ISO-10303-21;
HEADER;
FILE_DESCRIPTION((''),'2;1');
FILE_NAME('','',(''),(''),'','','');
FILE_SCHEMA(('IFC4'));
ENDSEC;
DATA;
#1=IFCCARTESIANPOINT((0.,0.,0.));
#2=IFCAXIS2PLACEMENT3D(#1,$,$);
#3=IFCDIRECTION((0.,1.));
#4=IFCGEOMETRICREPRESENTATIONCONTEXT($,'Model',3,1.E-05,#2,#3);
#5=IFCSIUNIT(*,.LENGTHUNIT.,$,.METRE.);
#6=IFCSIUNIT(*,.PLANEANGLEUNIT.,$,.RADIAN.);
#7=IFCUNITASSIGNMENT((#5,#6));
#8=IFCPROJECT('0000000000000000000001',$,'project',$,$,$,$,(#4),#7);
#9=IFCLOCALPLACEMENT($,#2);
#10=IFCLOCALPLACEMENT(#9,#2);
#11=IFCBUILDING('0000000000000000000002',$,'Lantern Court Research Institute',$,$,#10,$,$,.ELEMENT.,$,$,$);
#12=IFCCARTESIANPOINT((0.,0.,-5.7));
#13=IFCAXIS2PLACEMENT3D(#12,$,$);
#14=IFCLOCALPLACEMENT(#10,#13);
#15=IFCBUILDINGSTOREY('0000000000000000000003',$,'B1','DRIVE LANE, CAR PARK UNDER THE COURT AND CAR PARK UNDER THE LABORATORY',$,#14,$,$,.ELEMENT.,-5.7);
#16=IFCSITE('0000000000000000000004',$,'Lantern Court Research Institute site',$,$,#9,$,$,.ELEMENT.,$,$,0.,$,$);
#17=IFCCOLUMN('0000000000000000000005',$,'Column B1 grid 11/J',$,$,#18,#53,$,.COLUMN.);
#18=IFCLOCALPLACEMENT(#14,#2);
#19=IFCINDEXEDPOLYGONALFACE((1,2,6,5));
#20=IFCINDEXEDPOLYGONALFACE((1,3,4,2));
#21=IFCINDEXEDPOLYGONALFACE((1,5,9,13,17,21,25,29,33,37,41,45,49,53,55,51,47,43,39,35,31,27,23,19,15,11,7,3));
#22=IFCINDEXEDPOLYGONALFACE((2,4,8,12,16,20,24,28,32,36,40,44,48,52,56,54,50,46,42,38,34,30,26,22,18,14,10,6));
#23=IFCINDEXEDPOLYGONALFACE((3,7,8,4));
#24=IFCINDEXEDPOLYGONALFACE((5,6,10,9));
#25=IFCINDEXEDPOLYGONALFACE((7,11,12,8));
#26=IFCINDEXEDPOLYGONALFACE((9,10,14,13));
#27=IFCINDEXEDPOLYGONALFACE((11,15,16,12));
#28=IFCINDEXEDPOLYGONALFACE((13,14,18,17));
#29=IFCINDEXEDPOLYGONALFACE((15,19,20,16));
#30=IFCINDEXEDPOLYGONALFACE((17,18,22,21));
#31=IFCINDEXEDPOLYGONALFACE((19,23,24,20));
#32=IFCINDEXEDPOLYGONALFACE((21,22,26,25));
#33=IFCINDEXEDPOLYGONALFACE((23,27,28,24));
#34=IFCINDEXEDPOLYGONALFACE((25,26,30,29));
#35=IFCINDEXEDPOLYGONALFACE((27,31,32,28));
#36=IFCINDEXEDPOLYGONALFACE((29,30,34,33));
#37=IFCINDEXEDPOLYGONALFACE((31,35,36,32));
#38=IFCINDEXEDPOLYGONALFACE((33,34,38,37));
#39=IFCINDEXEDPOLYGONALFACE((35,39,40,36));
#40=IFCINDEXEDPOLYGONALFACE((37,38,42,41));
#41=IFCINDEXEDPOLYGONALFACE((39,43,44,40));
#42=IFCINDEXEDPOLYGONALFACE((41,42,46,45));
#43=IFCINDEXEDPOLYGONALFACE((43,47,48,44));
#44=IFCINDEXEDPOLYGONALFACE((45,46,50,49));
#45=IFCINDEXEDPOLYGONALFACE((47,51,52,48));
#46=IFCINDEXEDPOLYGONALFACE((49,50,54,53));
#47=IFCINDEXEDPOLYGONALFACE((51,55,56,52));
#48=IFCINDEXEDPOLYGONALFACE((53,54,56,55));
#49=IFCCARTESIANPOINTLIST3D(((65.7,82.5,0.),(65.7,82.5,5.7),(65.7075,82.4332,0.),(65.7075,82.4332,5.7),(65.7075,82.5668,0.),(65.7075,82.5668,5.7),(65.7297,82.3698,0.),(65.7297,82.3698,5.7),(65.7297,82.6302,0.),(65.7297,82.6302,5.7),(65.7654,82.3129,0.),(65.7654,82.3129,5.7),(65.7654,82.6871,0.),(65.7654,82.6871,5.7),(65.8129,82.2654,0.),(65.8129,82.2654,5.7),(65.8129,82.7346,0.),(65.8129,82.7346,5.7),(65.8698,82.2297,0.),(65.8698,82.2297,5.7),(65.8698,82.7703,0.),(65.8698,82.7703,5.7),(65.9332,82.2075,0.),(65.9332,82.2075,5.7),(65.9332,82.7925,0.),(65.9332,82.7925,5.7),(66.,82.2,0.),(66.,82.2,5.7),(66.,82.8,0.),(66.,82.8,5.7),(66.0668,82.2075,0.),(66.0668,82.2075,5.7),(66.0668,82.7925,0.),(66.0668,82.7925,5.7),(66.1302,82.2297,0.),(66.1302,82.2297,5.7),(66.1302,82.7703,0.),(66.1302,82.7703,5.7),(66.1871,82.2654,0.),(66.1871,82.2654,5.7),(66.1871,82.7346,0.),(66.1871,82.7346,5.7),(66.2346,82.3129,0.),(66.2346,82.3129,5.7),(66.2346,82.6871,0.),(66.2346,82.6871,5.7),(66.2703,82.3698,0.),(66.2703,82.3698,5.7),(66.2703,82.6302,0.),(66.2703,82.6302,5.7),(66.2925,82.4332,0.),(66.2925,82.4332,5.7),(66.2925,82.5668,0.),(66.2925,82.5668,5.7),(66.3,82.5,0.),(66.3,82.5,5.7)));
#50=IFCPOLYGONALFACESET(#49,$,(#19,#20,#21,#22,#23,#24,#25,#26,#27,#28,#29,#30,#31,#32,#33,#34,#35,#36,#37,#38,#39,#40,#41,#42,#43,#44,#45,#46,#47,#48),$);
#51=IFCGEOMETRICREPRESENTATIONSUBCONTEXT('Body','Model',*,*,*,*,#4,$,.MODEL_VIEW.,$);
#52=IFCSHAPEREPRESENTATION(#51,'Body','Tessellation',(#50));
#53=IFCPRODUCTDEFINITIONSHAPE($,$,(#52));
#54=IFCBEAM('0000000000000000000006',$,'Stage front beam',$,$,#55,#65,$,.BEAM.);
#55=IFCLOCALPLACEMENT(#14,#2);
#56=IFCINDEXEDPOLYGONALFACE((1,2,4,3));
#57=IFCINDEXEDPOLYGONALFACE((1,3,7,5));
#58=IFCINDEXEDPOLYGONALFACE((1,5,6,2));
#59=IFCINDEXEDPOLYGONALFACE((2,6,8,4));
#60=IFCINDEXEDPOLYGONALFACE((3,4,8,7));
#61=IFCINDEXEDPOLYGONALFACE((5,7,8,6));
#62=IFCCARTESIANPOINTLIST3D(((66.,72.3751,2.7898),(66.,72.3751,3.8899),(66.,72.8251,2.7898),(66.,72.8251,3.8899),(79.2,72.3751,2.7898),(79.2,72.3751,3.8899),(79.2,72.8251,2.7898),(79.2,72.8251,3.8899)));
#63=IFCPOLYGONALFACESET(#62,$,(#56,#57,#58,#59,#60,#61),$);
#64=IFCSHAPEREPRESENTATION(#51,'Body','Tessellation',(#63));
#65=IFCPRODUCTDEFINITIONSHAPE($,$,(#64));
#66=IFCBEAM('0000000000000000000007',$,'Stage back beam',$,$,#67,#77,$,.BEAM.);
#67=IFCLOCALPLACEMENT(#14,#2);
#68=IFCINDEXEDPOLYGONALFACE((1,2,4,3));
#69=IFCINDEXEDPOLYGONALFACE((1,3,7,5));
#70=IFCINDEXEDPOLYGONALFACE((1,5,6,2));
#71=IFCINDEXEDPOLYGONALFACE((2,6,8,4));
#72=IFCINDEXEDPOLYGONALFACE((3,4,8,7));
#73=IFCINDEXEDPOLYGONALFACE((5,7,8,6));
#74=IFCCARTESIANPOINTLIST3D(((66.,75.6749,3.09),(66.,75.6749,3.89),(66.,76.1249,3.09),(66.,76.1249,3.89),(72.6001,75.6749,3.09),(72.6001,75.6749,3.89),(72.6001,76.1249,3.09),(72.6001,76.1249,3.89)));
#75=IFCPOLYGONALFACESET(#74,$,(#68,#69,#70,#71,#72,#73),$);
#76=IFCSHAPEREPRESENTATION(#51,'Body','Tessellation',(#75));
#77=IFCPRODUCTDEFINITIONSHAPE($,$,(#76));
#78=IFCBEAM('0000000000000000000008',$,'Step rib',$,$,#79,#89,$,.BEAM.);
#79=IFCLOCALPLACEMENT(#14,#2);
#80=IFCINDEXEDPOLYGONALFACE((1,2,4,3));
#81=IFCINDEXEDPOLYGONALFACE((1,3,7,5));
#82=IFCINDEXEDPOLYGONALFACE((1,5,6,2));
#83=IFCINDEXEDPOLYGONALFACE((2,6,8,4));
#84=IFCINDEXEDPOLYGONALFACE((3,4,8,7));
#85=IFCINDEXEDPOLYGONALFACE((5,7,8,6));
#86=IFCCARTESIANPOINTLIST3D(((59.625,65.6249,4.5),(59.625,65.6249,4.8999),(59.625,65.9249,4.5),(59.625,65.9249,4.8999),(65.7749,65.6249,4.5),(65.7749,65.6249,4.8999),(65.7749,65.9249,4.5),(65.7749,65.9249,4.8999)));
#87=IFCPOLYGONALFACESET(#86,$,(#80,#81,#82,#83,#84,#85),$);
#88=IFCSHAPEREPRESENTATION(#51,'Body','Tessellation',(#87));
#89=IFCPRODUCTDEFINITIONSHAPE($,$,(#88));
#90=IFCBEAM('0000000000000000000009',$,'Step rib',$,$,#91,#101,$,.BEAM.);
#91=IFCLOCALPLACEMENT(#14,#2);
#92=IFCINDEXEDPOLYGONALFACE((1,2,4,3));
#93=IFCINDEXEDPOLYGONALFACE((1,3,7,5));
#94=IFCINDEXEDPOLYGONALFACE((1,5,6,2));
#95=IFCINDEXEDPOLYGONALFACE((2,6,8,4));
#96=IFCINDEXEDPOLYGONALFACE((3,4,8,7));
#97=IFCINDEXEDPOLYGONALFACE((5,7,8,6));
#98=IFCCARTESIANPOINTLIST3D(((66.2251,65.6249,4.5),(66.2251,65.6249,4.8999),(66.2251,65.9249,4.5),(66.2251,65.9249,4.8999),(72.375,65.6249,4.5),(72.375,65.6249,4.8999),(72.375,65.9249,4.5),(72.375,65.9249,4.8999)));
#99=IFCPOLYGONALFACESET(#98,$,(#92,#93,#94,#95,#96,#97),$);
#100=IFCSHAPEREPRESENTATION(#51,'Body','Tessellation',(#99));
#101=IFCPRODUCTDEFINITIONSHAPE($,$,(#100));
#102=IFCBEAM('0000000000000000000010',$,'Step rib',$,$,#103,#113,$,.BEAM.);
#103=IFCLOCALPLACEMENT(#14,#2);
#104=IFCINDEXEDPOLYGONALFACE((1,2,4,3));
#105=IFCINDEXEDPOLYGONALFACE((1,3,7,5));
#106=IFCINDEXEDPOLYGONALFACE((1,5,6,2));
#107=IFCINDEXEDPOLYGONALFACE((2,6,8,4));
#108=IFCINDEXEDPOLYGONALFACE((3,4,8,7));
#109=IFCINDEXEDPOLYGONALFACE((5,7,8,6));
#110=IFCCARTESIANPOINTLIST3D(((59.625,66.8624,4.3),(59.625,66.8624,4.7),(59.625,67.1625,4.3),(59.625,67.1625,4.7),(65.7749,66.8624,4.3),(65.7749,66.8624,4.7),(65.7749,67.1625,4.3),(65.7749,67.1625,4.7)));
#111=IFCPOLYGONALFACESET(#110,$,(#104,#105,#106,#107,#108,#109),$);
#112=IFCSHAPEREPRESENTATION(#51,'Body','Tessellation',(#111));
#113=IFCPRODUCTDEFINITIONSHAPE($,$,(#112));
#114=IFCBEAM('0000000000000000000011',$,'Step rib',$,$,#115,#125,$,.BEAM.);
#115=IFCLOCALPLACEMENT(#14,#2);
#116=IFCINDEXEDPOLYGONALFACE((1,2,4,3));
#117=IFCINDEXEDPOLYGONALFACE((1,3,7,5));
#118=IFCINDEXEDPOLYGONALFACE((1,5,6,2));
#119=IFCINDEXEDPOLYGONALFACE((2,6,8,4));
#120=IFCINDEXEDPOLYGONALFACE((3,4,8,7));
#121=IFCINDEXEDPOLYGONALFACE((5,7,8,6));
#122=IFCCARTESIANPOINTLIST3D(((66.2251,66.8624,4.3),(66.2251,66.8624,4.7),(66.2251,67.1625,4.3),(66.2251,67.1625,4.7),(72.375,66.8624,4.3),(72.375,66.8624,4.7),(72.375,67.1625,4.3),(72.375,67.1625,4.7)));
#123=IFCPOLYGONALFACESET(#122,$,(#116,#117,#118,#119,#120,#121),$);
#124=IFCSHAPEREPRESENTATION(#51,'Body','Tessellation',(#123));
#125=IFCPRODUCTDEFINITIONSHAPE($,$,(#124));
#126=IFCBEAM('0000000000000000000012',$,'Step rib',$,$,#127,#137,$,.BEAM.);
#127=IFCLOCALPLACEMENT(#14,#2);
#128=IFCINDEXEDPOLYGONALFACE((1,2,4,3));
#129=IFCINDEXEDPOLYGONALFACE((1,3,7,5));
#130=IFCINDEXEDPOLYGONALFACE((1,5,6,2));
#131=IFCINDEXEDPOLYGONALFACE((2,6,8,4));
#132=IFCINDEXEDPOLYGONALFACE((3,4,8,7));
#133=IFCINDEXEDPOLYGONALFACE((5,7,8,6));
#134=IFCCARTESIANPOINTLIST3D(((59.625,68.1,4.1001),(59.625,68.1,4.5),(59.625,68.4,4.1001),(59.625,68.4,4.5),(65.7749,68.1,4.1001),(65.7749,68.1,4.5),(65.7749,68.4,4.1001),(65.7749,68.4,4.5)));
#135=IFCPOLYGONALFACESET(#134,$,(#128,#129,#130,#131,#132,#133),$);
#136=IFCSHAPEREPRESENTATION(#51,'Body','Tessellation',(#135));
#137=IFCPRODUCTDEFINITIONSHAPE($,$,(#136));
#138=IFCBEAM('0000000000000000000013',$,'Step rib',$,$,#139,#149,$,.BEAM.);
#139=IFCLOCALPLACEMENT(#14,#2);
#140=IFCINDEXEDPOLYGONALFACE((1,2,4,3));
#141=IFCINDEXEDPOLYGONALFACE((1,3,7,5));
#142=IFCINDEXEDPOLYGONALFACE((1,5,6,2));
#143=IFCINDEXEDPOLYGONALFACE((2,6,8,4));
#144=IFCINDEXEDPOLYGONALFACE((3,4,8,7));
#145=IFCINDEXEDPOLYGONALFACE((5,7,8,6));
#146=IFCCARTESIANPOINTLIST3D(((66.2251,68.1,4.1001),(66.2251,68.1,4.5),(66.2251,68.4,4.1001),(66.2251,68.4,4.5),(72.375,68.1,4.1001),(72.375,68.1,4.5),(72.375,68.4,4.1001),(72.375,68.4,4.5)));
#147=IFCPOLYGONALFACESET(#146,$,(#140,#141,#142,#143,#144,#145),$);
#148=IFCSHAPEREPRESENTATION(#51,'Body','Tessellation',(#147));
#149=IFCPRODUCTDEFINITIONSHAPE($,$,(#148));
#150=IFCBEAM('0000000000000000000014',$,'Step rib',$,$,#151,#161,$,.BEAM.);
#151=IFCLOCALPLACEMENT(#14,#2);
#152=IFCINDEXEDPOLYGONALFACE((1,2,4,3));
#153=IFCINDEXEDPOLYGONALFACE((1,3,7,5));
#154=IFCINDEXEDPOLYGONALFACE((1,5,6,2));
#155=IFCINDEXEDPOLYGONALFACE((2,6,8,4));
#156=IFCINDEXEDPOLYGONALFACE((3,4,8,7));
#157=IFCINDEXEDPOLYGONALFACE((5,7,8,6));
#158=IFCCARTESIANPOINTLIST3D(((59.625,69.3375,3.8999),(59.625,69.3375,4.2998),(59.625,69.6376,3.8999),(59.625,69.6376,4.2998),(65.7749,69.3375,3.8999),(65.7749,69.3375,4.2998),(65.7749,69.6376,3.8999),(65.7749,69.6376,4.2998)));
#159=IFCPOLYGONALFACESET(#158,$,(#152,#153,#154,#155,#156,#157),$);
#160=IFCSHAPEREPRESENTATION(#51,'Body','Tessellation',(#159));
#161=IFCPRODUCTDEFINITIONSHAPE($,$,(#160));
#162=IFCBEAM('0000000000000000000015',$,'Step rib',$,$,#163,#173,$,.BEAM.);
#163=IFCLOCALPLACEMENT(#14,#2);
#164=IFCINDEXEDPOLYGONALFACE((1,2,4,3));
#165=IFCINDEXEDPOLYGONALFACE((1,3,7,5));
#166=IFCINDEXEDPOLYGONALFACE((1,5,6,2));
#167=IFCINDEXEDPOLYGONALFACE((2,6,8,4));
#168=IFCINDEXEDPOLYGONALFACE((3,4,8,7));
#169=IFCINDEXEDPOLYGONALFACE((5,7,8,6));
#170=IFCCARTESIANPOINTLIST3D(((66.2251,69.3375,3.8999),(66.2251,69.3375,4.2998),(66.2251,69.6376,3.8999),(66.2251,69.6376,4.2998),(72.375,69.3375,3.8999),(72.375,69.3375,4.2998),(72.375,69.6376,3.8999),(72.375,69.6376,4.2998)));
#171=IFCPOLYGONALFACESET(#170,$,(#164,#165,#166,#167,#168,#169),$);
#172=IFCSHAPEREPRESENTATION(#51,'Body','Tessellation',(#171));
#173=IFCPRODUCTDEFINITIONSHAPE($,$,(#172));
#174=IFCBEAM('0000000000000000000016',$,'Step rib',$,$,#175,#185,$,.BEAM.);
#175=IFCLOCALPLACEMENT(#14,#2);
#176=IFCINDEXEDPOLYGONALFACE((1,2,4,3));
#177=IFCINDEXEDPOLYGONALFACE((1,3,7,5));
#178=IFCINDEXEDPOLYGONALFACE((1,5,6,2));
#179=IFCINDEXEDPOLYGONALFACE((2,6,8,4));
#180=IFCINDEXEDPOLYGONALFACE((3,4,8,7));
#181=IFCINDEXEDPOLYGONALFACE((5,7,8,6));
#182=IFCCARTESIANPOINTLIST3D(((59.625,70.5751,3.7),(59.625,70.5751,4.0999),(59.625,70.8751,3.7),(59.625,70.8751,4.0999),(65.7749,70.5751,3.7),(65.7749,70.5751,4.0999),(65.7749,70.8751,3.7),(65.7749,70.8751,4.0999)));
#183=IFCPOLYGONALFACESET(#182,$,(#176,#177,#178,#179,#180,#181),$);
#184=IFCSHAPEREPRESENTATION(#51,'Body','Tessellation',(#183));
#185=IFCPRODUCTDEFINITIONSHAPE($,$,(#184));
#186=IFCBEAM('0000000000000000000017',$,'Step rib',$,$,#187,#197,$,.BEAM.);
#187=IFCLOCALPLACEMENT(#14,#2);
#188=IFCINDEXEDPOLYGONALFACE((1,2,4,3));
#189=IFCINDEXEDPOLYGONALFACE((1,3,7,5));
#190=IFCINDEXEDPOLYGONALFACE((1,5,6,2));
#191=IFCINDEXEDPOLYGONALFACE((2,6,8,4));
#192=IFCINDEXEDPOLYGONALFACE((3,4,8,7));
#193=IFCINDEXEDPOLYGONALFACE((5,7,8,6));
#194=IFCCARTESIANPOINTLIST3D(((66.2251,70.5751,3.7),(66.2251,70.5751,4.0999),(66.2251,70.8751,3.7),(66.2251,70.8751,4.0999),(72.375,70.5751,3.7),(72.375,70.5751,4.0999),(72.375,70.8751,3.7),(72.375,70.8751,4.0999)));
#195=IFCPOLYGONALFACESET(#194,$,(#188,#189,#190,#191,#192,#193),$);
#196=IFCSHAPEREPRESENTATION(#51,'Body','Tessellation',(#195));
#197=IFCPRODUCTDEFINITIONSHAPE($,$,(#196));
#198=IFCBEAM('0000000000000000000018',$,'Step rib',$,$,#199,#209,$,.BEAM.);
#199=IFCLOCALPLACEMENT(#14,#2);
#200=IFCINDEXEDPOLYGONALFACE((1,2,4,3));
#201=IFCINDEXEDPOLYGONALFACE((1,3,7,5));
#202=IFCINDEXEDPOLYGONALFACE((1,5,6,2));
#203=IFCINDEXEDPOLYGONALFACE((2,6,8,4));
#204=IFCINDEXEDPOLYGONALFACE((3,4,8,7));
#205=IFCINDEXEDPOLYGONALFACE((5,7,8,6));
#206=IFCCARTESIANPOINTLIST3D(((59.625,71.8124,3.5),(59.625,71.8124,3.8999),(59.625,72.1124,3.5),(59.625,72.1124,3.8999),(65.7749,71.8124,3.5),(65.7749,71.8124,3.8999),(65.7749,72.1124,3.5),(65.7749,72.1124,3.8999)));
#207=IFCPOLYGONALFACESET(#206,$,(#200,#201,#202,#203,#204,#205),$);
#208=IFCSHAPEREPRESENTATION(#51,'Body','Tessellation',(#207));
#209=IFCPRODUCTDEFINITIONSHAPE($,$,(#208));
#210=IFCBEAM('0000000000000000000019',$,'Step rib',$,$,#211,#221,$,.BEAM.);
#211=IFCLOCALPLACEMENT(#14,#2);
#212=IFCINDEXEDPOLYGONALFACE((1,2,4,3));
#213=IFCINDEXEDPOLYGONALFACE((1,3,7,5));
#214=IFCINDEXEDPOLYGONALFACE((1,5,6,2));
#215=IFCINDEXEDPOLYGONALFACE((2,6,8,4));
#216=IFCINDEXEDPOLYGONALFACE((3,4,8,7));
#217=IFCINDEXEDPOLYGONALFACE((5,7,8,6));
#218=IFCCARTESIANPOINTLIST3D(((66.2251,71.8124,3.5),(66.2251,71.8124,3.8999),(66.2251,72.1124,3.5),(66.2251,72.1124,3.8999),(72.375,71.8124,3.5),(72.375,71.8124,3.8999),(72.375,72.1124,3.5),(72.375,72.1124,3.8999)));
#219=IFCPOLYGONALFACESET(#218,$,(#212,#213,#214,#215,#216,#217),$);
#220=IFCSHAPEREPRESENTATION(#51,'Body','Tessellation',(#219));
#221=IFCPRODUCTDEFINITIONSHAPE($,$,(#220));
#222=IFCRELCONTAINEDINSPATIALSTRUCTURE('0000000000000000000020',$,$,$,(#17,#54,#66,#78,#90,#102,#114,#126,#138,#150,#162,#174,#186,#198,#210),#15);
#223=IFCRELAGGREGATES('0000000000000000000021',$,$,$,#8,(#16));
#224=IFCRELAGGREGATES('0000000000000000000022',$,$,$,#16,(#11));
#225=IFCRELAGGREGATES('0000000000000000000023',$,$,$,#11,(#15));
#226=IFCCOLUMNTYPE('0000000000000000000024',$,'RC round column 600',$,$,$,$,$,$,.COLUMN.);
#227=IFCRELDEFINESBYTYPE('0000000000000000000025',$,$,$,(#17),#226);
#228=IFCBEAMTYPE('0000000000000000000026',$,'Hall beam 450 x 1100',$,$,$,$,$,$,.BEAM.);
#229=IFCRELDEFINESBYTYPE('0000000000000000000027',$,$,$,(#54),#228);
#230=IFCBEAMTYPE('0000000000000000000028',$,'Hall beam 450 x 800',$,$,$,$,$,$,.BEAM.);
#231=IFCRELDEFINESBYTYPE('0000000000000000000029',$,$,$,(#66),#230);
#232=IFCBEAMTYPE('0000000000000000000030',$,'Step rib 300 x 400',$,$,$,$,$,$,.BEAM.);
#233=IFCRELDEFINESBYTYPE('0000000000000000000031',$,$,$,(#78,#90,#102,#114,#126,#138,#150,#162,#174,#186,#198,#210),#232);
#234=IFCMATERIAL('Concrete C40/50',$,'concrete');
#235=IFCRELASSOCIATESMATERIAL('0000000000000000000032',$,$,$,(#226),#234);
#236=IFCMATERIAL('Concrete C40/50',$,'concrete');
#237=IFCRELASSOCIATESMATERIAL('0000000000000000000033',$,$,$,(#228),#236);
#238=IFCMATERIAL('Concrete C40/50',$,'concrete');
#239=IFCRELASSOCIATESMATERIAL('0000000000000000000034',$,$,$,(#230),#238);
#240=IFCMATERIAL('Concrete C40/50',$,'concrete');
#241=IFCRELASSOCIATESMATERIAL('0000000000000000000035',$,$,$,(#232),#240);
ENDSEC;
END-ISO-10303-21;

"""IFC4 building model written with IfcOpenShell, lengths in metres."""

from ifc_helpers import new_model, si_unit, direction, frame, origin, origin_2d, place, context, subcontext, project, spatial, rectangle, circle, extrude, material, material_profile, profile_set, type_object, element, save


model = new_model("IFC4")

# Units and contexts
model_context = context("Model", 3, precision=1e-05, world=origin(), true_north=direction((0.0, 1.0)))
body_context = subcontext(model_context, "Body", "Model", "MODEL_VIEW")
ifc_project = project(units=[si_unit("LENGTHUNIT", "METRE"), si_unit("PLANEANGLEUNIT", "RADIAN")], contexts=[model_context])

# Site, building, storey
site_placement = place(None, origin())
site = spatial("IfcSite", under=ifc_project, at=site_placement, Name="Lantern Court Research Institute site", CompositionType="ELEMENT", RefElevation=0.0)
building_placement = place(site_placement, origin())
building = spatial("IfcBuilding", under=site, at=building_placement, Name="Lantern Court Research Institute", CompositionType="ELEMENT")
storey_placement = place(building_placement, frame((0.0, 0.0, -5.7)))
storey = spatial("IfcBuildingStorey", under=building, at=storey_placement, Name="B1", Description="DRIVE LANE, CAR PARK UNDER THE COURT AND CAR PARK UNDER THE LABORATORY", CompositionType="ELEMENT", Elevation=-5.7)

# Column
ifc_material_1 = material(Name="Concrete C40/50", Category="concrete")
ifc_material_profile_1 = material_profile(ifc_material_1, circle(Radius=0.3, at=origin_2d()), Name="RC round column 600")
ifc_profile_set_1 = profile_set([ifc_material_profile_1], Name="Concrete C40/50")
column_type_1 = type_object("IfcColumnType", Name="RC round column 600", PredefinedType="COLUMN", material=ifc_profile_set_1)
column_1_placement = place(storey_placement, frame((66.0, 82.5, 0.0), z_axis=(0.0, 0.0, 1.0), x_axis=(1.0, 0.0, 0.0)))
element("IfcColumn", 1, at=column_1_placement, inside=storey, type_object=column_type_1, Name="Column B1 grid 11/J", PredefinedType="COLUMN", context=body_context, shape_type="SweptSolid", body=[
    extrude(circle(Radius=0.3, at=origin_2d()), origin(), (0.0, 0.0, 1.0), 5.7),
])

# Beams
ifc_material_2 = material(Name="Concrete C40/50", Category="concrete")
ifc_material_profile_2 = material_profile(ifc_material_2, rectangle(XDim=0.45, YDim=1.1001, at=origin_2d()), Name="Hall beam 450 x 1100")
ifc_profile_set_2 = profile_set([ifc_material_profile_2], Name="Concrete C40/50")
beam_type_1 = type_object("IfcBeamType", Name="Hall beam 450 x 1100", PredefinedType="BEAM", material=ifc_profile_set_2)
beam_1_placement = place(storey_placement, frame((66.0, 72.6001, 3.3398), z_axis=(1.0, 0.0, 0.0), x_axis=(0.0, 1.0, 0.0)))
element("IfcBeam", 2, at=beam_1_placement, inside=storey, type_object=beam_type_1, Name="Stage front beam", PredefinedType="BEAM", context=body_context, shape_type="SweptSolid", body=[
    extrude(rectangle(XDim=0.45, YDim=1.1001, at=origin_2d()), origin(), (0.0, 0.0, 1.0), 13.2),
])
ifc_material_3 = material(Name="Concrete C40/50", Category="concrete")
ifc_material_profile_3 = material_profile(ifc_material_3, rectangle(XDim=0.45, YDim=0.8, at=origin_2d()), Name="Hall beam 450 x 800")
ifc_profile_set_3 = profile_set([ifc_material_profile_3], Name="Concrete C40/50")
beam_type_2 = type_object("IfcBeamType", Name="Hall beam 450 x 800", PredefinedType="BEAM", material=ifc_profile_set_3)
beam_2_placement = place(storey_placement, frame((66.0, 75.8999, 3.49), z_axis=(1.0, 0.0, 0.0), x_axis=(0.0, 1.0, 0.0)))
element("IfcBeam", 3, at=beam_2_placement, inside=storey, type_object=beam_type_2, Name="Stage back beam", PredefinedType="BEAM", context=body_context, shape_type="SweptSolid", body=[
    extrude(rectangle(XDim=0.45, YDim=0.8, at=origin_2d()), origin(), (0.0, 0.0, 1.0), 6.6001),
])
ifc_material_4 = material(Name="Concrete C40/50", Category="concrete")
ifc_material_profile_4 = material_profile(ifc_material_4, rectangle(XDim=0.3, YDim=0.3999, at=origin_2d()), Name="Step rib 300 x 400")
ifc_profile_set_4 = profile_set([ifc_material_profile_4], Name="Concrete C40/50")
beam_type_3 = type_object("IfcBeamType", Name="Step rib 300 x 400", PredefinedType="BEAM", material=ifc_profile_set_4)
for number, where, z_axis, x_axis, name in (
    (4, (59.625, 65.7749, 4.7), (1.0, 0.0, 0.0), (0.0, 1.0, 0.0), "Step rib"),
    (5, (66.2251, 65.7749, 4.7), (1.0, 0.0, 0.0), (0.0, 1.0, 0.0), "Step rib"),
    (6, (59.625, 67.0125, 4.5), (1.0, 0.0, 0.0), (0.0, 1.0, 0.0), "Step rib"),
    (7, (66.2251, 67.0125, 4.5), (1.0, 0.0, 0.0), (0.0, 1.0, 0.0), "Step rib"),
    (8, (59.625, 68.25, 4.3), (1.0, 0.0, 0.0), (0.0, 1.0, 0.0), "Step rib"),
    (9, (66.2251, 68.25, 4.3), (1.0, 0.0, 0.0), (0.0, 1.0, 0.0), "Step rib"),
    (10, (59.625, 69.4875, 4.0999), (1.0, 0.0, 0.0), (0.0, 1.0, 0.0), "Step rib"),
    (11, (66.2251, 69.4875, 4.0999), (1.0, 0.0, 0.0), (0.0, 1.0, 0.0), "Step rib"),
    (12, (59.625, 70.7251, 3.8999), (1.0, 0.0, 0.0), (0.0, 1.0, 0.0), "Step rib"),
    (13, (66.2251, 70.7251, 3.8999), (1.0, 0.0, 0.0), (0.0, 1.0, 0.0), "Step rib"),
    (14, (59.625, 71.9624, 3.7), (1.0, 0.0, 0.0), (0.0, 1.0, 0.0), "Step rib"),
    (15, (66.2251, 71.9624, 3.7), (1.0, 0.0, 0.0), (0.0, 1.0, 0.0), "Step rib"),
):
    element("IfcBeam", number, at=place(storey_placement, frame(where, z_axis=z_axis, x_axis=x_axis)), inside=storey, type_object=beam_type_3, Name=name, PredefinedType="BEAM", context=body_context, shape_type="SweptSolid", body=[
        extrude(rectangle(XDim=0.3, YDim=0.3999, at=origin_2d()), origin(), (0.0, 0.0, 1.0), 6.1499),
    ])

save(model, "model.ifc")
